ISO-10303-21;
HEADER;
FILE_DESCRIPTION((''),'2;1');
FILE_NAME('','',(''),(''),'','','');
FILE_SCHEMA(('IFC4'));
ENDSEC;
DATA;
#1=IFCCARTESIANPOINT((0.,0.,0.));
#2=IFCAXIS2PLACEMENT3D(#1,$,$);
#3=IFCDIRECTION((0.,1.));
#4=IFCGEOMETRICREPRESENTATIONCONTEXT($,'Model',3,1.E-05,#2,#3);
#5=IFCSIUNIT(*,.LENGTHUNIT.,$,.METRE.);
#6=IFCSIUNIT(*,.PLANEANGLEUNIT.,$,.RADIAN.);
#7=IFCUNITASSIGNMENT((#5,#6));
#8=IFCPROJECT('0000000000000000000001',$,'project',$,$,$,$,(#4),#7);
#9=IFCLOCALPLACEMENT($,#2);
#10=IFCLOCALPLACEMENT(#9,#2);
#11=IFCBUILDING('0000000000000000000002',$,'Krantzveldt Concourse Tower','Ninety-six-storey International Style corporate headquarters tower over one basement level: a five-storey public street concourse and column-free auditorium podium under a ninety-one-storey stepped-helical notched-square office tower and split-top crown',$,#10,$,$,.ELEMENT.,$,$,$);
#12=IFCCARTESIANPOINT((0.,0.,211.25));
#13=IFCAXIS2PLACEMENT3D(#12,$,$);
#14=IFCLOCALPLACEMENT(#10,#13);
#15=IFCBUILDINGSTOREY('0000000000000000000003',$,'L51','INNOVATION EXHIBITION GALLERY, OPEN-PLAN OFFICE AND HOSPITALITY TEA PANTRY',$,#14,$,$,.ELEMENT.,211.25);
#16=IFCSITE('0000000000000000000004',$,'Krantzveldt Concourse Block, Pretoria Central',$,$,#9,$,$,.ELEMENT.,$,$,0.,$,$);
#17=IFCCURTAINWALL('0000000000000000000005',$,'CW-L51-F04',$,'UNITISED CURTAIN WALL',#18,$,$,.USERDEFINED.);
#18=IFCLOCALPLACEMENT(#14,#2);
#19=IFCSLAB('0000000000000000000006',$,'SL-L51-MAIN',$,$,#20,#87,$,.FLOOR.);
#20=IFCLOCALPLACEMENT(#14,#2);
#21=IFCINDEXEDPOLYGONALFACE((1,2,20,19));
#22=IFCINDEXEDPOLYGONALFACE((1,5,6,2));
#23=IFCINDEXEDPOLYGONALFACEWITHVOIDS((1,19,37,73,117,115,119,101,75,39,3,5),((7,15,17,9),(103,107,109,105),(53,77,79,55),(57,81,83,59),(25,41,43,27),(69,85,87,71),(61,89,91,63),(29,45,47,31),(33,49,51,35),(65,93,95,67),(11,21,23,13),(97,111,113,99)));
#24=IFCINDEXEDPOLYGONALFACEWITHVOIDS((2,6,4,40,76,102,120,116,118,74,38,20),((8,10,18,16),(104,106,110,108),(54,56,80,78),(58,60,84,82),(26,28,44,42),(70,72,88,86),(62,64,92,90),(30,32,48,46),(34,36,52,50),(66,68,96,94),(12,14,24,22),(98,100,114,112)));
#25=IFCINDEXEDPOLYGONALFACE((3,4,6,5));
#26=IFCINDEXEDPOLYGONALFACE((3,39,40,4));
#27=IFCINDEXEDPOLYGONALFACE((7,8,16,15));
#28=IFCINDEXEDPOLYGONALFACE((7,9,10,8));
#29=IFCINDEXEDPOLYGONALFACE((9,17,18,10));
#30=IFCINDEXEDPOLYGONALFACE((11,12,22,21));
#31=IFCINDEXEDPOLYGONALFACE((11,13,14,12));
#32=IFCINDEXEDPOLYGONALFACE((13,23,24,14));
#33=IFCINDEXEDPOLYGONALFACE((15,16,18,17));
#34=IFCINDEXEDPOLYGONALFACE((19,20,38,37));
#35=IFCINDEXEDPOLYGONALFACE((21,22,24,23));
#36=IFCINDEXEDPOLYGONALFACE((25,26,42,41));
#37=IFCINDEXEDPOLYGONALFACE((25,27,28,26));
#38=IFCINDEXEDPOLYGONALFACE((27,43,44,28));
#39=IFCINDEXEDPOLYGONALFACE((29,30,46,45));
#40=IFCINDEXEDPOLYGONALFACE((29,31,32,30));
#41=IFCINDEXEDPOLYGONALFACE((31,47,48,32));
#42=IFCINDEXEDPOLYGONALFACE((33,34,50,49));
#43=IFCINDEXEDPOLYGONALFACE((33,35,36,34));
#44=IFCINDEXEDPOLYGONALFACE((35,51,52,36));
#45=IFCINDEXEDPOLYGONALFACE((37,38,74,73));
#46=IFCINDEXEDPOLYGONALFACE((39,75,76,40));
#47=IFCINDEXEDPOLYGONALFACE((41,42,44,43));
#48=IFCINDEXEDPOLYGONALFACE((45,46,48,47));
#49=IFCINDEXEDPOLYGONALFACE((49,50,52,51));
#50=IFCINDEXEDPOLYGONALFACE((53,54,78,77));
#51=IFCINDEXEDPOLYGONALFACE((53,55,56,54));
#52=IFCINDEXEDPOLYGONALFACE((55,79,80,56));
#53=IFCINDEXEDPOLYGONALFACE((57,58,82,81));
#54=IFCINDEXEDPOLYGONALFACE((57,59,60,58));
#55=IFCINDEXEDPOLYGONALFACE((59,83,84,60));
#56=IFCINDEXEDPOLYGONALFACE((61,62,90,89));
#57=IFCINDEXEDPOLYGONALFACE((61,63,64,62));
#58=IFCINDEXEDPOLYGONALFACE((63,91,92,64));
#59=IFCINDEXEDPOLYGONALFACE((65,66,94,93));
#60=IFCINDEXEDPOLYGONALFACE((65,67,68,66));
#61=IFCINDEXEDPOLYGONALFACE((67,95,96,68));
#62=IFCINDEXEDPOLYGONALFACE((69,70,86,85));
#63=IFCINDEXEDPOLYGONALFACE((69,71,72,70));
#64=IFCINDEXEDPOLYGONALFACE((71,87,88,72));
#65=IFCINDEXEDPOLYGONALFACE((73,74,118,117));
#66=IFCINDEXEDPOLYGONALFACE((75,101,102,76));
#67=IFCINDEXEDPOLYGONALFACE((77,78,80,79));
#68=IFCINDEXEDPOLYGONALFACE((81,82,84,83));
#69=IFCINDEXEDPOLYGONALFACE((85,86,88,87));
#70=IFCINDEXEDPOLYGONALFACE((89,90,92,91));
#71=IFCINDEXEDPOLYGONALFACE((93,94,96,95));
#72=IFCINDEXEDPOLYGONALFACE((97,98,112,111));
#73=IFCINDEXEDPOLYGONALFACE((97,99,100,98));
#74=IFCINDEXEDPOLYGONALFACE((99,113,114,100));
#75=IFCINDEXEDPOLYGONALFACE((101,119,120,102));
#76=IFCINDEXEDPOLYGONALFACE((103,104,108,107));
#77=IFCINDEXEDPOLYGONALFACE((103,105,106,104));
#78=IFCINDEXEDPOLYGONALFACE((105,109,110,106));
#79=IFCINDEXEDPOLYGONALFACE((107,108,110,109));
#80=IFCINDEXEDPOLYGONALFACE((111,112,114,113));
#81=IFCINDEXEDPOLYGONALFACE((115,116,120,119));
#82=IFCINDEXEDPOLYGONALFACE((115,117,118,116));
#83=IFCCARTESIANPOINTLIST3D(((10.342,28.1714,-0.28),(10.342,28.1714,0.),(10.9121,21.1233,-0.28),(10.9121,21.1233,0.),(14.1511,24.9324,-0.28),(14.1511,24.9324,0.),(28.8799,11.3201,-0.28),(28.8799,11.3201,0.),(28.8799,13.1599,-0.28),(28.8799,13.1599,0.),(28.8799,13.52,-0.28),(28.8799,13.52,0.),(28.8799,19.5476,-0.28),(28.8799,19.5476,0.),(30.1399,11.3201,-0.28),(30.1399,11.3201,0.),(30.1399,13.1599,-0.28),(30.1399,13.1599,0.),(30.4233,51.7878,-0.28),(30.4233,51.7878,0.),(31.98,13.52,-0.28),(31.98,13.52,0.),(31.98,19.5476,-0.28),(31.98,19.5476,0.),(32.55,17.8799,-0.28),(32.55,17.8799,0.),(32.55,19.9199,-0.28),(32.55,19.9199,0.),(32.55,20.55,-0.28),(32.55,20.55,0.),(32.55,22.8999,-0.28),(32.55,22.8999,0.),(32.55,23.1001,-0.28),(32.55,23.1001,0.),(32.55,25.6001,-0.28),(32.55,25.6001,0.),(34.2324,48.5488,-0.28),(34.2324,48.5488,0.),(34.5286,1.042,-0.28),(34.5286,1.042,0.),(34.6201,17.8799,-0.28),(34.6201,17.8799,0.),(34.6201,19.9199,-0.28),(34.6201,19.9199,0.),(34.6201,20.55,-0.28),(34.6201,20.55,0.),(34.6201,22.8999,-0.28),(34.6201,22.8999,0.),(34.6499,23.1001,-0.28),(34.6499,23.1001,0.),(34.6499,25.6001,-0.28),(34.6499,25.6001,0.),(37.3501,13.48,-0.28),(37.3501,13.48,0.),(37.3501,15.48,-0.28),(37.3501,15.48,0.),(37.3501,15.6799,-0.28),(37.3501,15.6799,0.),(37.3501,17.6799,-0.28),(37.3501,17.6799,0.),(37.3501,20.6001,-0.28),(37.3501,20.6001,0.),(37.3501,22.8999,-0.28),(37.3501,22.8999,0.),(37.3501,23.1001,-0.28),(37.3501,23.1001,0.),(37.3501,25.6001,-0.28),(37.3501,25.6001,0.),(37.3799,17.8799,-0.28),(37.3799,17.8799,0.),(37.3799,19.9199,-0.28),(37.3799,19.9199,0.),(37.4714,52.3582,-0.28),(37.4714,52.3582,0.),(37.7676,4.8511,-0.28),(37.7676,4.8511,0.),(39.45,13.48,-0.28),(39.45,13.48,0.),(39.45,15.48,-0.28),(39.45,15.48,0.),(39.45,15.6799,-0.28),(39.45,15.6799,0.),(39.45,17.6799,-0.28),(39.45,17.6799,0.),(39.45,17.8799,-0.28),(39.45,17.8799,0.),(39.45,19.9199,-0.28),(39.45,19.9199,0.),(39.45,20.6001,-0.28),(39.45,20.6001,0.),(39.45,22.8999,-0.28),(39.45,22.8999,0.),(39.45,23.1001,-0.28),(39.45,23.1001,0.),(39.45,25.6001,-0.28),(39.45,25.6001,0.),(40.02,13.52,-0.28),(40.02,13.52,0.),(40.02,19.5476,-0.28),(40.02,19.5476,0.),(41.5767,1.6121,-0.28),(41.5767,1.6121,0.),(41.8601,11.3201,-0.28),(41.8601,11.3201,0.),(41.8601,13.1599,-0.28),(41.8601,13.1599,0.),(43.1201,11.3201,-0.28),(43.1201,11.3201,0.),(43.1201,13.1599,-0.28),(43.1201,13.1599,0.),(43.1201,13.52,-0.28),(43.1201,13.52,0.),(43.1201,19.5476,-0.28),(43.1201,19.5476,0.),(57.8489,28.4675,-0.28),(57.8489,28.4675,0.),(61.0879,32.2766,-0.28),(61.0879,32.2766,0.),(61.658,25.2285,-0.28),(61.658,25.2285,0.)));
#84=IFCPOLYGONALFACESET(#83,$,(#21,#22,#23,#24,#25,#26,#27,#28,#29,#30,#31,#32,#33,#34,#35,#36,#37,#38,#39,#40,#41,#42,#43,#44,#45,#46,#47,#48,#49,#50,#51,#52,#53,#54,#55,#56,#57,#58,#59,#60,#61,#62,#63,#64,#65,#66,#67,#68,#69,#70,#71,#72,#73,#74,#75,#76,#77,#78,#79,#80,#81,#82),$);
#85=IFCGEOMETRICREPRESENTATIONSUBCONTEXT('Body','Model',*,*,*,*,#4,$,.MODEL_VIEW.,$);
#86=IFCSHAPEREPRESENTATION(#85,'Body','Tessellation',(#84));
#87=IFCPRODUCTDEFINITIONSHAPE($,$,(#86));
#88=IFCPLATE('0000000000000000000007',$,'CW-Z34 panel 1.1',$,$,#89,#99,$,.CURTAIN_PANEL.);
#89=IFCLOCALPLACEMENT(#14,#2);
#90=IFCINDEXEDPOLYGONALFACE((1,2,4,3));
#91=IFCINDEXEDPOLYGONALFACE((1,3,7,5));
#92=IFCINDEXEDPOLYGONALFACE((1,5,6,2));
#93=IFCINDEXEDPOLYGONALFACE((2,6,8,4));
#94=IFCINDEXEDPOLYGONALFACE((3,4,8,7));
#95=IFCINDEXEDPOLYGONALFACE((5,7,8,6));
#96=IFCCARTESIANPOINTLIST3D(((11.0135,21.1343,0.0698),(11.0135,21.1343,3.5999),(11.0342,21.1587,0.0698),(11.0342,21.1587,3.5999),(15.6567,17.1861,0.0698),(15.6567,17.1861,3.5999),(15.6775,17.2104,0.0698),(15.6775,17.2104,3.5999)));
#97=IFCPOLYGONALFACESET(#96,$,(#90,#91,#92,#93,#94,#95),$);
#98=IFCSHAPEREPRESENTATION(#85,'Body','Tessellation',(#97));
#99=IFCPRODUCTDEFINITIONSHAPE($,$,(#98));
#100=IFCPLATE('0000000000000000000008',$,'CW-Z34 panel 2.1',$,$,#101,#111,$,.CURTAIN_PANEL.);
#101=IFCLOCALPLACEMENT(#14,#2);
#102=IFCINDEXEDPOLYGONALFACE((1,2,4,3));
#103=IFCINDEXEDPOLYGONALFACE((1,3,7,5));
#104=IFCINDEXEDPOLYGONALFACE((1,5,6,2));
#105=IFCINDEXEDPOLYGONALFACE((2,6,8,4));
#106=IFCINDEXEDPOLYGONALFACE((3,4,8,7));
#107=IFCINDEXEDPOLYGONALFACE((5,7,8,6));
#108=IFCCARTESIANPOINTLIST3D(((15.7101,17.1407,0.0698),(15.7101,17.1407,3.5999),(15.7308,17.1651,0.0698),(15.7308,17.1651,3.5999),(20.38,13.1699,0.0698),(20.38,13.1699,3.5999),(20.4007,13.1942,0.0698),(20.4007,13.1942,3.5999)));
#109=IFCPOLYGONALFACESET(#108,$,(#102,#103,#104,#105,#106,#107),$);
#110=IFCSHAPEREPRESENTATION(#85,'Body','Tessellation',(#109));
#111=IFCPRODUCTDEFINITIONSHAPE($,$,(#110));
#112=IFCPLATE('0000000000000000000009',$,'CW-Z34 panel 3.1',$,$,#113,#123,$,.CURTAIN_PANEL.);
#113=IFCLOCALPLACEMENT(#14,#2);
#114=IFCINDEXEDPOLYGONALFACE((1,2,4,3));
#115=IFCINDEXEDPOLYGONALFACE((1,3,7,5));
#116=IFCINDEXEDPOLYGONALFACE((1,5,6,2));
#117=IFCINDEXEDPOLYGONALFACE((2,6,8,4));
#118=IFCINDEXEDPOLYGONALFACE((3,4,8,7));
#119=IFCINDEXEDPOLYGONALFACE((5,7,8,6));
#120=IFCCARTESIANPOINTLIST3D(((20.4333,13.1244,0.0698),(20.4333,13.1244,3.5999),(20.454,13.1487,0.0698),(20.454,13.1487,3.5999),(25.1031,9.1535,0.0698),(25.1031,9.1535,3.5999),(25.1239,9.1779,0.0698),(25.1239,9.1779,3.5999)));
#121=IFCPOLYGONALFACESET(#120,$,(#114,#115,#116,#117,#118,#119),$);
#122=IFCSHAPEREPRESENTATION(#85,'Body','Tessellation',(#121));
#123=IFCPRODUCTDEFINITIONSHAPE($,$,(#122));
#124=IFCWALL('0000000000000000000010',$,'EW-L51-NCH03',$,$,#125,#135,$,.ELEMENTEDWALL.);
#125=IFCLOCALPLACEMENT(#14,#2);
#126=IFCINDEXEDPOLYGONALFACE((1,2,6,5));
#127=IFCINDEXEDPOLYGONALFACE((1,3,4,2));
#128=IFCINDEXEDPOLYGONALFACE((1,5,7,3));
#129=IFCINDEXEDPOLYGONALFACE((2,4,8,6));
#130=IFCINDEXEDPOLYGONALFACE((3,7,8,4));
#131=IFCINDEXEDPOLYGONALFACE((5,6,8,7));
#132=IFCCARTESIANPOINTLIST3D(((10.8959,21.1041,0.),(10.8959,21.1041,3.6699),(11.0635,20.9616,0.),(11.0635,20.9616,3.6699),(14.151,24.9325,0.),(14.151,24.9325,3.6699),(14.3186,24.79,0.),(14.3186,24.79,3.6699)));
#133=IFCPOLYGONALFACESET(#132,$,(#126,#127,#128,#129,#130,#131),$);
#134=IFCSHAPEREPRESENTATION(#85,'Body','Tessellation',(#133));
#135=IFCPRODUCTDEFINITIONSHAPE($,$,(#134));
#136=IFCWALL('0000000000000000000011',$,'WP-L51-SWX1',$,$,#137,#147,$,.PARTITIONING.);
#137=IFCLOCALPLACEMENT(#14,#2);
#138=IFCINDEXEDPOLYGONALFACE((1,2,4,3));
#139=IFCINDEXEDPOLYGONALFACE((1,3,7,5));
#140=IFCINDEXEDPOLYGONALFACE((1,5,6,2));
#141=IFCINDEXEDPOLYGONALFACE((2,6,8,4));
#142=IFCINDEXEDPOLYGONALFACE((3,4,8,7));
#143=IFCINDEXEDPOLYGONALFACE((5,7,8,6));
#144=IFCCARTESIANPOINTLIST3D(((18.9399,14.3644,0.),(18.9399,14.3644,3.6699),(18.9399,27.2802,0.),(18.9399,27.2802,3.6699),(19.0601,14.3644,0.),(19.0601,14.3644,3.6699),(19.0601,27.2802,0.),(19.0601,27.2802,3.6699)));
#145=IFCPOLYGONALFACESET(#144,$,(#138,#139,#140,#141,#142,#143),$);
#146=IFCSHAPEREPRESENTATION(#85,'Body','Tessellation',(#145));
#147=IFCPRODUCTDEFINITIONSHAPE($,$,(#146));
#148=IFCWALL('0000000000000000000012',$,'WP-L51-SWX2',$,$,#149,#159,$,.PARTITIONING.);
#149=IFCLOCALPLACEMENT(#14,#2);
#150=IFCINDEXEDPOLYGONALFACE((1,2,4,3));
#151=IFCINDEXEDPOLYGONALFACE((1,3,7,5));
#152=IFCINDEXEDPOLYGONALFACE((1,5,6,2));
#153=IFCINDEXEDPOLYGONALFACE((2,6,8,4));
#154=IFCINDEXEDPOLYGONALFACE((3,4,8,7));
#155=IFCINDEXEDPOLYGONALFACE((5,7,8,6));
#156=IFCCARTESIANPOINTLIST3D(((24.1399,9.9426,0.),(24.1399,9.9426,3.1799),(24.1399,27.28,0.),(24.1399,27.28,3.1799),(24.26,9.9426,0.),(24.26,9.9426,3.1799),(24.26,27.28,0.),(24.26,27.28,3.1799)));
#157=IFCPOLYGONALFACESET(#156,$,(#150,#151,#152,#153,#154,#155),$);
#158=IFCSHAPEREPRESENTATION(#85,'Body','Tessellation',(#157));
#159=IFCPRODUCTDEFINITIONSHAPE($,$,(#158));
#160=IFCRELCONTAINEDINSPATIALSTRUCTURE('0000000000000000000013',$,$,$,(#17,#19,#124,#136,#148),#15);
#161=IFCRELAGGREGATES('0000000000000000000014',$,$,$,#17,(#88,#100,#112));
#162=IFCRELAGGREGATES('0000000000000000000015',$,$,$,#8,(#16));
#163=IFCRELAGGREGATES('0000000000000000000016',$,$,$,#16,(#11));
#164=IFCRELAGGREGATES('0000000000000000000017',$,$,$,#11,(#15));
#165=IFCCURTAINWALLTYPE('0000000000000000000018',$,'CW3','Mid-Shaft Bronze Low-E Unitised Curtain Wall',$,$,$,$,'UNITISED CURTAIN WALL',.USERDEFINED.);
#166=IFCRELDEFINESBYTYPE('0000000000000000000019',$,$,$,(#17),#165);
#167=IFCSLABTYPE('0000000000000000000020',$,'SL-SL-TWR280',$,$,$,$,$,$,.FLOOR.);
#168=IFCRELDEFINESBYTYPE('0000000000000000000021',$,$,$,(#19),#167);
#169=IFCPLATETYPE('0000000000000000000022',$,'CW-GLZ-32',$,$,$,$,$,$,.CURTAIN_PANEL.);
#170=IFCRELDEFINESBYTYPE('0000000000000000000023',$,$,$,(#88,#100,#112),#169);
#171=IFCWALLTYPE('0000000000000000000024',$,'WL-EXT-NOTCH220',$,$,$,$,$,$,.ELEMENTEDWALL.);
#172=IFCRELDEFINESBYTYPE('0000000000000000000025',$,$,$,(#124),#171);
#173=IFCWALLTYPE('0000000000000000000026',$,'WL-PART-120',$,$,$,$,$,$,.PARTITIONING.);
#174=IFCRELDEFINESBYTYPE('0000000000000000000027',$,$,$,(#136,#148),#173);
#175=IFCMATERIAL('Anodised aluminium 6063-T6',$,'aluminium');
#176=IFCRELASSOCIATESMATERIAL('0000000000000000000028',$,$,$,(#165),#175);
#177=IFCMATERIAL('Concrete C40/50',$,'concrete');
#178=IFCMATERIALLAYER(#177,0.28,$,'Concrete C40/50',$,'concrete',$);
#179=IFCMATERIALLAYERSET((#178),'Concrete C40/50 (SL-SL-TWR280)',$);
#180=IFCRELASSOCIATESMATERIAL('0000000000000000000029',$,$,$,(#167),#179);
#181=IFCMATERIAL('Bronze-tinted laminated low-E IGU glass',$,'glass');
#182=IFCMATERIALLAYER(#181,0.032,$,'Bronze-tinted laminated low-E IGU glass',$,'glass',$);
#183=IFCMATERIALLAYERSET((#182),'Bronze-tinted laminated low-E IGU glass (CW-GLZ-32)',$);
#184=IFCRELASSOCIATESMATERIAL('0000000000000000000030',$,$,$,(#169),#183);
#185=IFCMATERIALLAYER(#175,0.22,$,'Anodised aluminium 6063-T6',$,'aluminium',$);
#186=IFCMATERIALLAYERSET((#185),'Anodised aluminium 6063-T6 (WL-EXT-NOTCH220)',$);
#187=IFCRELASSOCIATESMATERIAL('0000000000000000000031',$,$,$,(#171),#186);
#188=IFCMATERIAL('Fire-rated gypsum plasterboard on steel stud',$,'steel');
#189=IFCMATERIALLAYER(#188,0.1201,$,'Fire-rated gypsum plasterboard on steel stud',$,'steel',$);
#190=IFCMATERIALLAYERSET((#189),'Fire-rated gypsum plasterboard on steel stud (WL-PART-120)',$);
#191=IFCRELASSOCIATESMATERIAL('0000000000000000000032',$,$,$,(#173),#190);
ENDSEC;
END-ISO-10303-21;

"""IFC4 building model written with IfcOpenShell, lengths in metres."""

from ifc_helpers import new_model, si_unit, direction, frame, frame_2d, origin, origin_2d, place, context, subcontext, project, spatial, polyline, rectangle, outline, extrude, source, transform, mapped, material, layer, layer_set, type_object, type_shapes, element, aggregate, save


model = new_model("IFC4")

# Units and contexts
model_context = context("Model", 3, precision=1e-05, world=origin(), true_north=direction((0.0, 1.0)))
body_context = subcontext(model_context, "Body", "Model", "MODEL_VIEW")
ifc_project = project(units=[si_unit("LENGTHUNIT", "METRE"), si_unit("PLANEANGLEUNIT", "RADIAN")], contexts=[model_context])

# Site, building, storey
site_placement = place(None, origin())
site = spatial("IfcSite", under=ifc_project, at=site_placement, Name="Krantzveldt Concourse Block, Pretoria Central", CompositionType="ELEMENT", RefElevation=0.0)
building_placement = place(site_placement, origin())
building = spatial("IfcBuilding", under=site, at=building_placement, Name="Krantzveldt Concourse Tower", Description="Ninety-six-storey International Style corporate headquarters tower over one basement level: a five-storey public street concourse and column-free auditorium podium under a ninety-one-storey stepped-helical notched-square office tower and split-top crown", CompositionType="ELEMENT")
storey_placement = place(building_placement, frame((0.0, 0.0, 211.25)))
storey = spatial("IfcBuildingStorey", under=building, at=storey_placement, Name="L51", Description="INNOVATION EXHIBITION GALLERY, OPEN-PLAN OFFICE AND HOSPITALITY TEA PANTRY", CompositionType="ELEMENT", Elevation=211.25)

# Curtain wall
ifc_material_1 = material(Name="Anodised aluminium 6063-T6", Category="aluminium")
curtain_wall_type = type_object("IfcCurtainWallType", Name="CW3", Description="Mid-Shaft Bronze Low-E Unitised Curtain Wall", ElementType="UNITISED CURTAIN WALL", PredefinedType="USERDEFINED", material=ifc_material_1)
curtain_wall_placement = place(storey_placement, origin())
curtain_wall = element("IfcCurtainWall", 1, at=curtain_wall_placement, inside=storey, type_object=curtain_wall_type, Name="CW-L51-F04", ObjectType="UNITISED CURTAIN WALL", PredefinedType="USERDEFINED")

# Slab
ifc_material_2 = material(Name="Concrete C40/50", Category="concrete")
ifc_layer_1 = layer(ifc_material_2, 0.28, Name="Concrete C40/50", Category="concrete")
ifc_layer_set_1 = layer_set([ifc_layer_1], Name="Concrete C40/50 (SL-SL-TWR280)")
slab_type_1 = type_object("IfcSlabType", Name="SL-SL-TWR280", PredefinedType="FLOOR", material=ifc_layer_set_1)
slab_1_placement = place(storey_placement, frame((0.0, 0.0, -0.28)))
element("IfcSlab", 2, at=slab_1_placement, inside=storey, type_object=slab_type_1, Name="SL-L51-MAIN", PredefinedType="FLOOR", context=body_context, shape_type="SweptSolid", body=[
    extrude(outline(polyline([(34.2324, 48.5488), (30.4233, 51.7878), (10.342, 28.1714), (14.1511, 24.9324), (10.9121, 21.1233), (34.5286, 1.042), (37.7676, 4.8511), (41.5767, 1.6121), (61.658, 25.2285), (57.8489, 28.4675), (61.0879, 32.2766), (37.4714, 52.3582), (34.2324, 48.5488)]), holes=[polyline([(28.8799, 19.5476), (28.8799, 13.52), (31.98, 13.52), (31.98, 19.5476), (28.8799, 19.5476)]), polyline([(40.02, 19.5476), (40.02, 13.52), (43.1201, 13.52), (43.1201, 19.5476), (40.02, 19.5476)]), polyline([(32.55, 23.1001), (34.6499, 23.1001), (34.6499, 25.6001), (32.55, 25.6001), (32.55, 23.1001)]), polyline([(37.3501, 23.1001), (39.45, 23.1001), (39.45, 25.6001), (37.3501, 25.6001), (37.3501, 23.1001)]), polyline([(37.3501, 20.6001), (39.45, 20.6001), (39.45, 22.8999), (37.3501, 22.8999), (37.3501, 20.6001)]), polyline([(37.3501, 13.48), (39.45, 13.48), (39.45, 15.48), (37.3501, 15.48), (37.3501, 13.48)]), polyline([(37.3501, 15.6799), (39.45, 15.6799), (39.45, 17.6799), (37.3501, 17.6799), (37.3501, 15.6799)]), polyline([(32.55, 20.55), (34.6201, 20.55), (34.6201, 22.8999), (32.55, 22.8999), (32.55, 20.55)]), polyline([(32.55, 17.8799), (34.6201, 17.8799), (34.6201, 19.9199), (32.55, 19.9199), (32.55, 17.8799)]), polyline([(37.3799, 17.8799), (39.45, 17.8799), (39.45, 19.9199), (37.3799, 19.9199), (37.3799, 17.8799)]), polyline([(28.8799, 11.3201), (30.1399, 11.3201), (30.1399, 13.1599), (28.8799, 13.1599), (28.8799, 11.3201)]), polyline([(41.8601, 11.3201), (43.1201, 11.3201), (43.1201, 13.1599), (41.8601, 13.1599), (41.8601, 11.3201)])]), origin(), (0.0, 0.0, 1.0), 0.28),
])

# Plates
ifc_material_3 = material(Name="Bronze-tinted laminated low-E IGU glass", Category="glass")
ifc_layer_2 = layer(ifc_material_3, 0.032, Name="Bronze-tinted laminated low-E IGU glass", Category="glass")
ifc_layer_set_2 = layer_set([ifc_layer_2], Name="Bronze-tinted laminated low-E IGU glass (CW-GLZ-32)")
plate_type = type_object("IfcPlateType", Name="CW-GLZ-32", PredefinedType="CURTAIN_PANEL", material=ifc_layer_set_2)
shared_shape_1 = source(origin(), body_context, "Body", "SweptSolid", [
    extrude(rectangle(XDim=6.095, YDim=0.032, at=origin_2d()), origin(), (0.0, 0.0, 1.0), 3.53),
])
plate_1_placement = place(storey_placement, frame((13.3455, 19.1724, 0.0698), z_axis=(0.0, 0.0, 1.0), x_axis=(0.761821, -0.647788, 0.0)))
plate_1 = element("IfcPlate", 3, at=plate_1_placement, type_object=plate_type, Name="CW-Z34 panel 1.1", PredefinedType="CURTAIN_PANEL", context=body_context, shape_type="MappedRepresentation", body=[
    mapped(shared_shape_1, transform((0.0, 0.0, 0.0), x_axis=(1.0, 0.0, 0.0), y_axis=(0.0, 1.0, 0.0), z_axis=(0.0, 0.0, 1.0), scale=1.0)),
])
shared_shape_2 = source(origin(), body_context, "Body", "SweptSolid", [
    extrude(rectangle(XDim=6.1299, YDim=0.032, at=origin_2d()), origin(), (0.0, 0.0, 1.0), 3.53),
])
type_shapes(plate_type, [shared_shape_1, shared_shape_2])
plate_2_placement = place(storey_placement, frame((18.0554, 15.1675, 0.0698), z_axis=(0.0, 0.0, 1.0), x_axis=(0.761821, -0.647788, 0.0)))
plate_2 = element("IfcPlate", 4, at=plate_2_placement, type_object=plate_type, Name="CW-Z34 panel 2.1", PredefinedType="CURTAIN_PANEL", context=body_context, shape_type="MappedRepresentation", body=[
    mapped(shared_shape_2, transform((0.0, 0.0, 0.0), x_axis=(1.0, 0.0, 0.0), y_axis=(0.0, 1.0, 0.0), z_axis=(0.0, 0.0, 1.0), scale=1.0)),
])
plate_3_placement = place(storey_placement, frame((22.7786, 11.1511, 0.0698), z_axis=(0.0, 0.0, 1.0), x_axis=(0.761821, -0.647788, 0.0)))
plate_3 = element("IfcPlate", 5, at=plate_3_placement, type_object=plate_type, Name="CW-Z34 panel 3.1", PredefinedType="CURTAIN_PANEL", context=body_context, shape_type="MappedRepresentation", body=[
    mapped(shared_shape_2, transform((0.0, 0.0, 0.0), x_axis=(1.0, 0.0, 0.0), y_axis=(0.0, 1.0, 0.0), z_axis=(0.0, 0.0, 1.0), scale=1.0)),
])
aggregate(curtain_wall, [plate_1, plate_2, plate_3])

# Walls
ifc_layer_3 = layer(ifc_material_1, 0.22, Name="Anodised aluminium 6063-T6", Category="aluminium")
ifc_layer_set_3 = layer_set([ifc_layer_3], Name="Anodised aluminium 6063-T6 (WL-EXT-NOTCH220)")
wall_type_1 = type_object("IfcWallType", Name="WL-EXT-NOTCH220", PredefinedType="ELEMENTEDWALL", material=ifc_layer_set_3)
wall_1_placement = place(storey_placement, frame((14.2349, 24.8613, 0.0), z_axis=(0.0, 0.0, 1.0), x_axis=(-0.647765, -0.76184, 0.0)))
element("IfcWall", 6, at=wall_1_placement, inside=storey, type_object=wall_type_1, Name="EW-L51-NCH03", PredefinedType="ELEMENTEDWALL", context=body_context, shape_type="SweptSolid", body=[
    extrude(rectangle(XDim=5.0251, YDim=0.22, at=frame_2d((2.5127, 0.0))), origin(), (0.0, 0.0, 1.0), 3.6699),
])
ifc_material_4 = material(Name="Fire-rated gypsum plasterboard on steel stud", Category="steel")
ifc_layer_4 = layer(ifc_material_4, 0.1201, Name="Fire-rated gypsum plasterboard on steel stud", Category="steel")
ifc_layer_set_4 = layer_set([ifc_layer_4], Name="Fire-rated gypsum plasterboard on steel stud (WL-PART-120)")
wall_type_2 = type_object("IfcWallType", Name="WL-PART-120", PredefinedType="PARTITIONING", material=ifc_layer_set_4)
wall_2_placement = place(storey_placement, frame((19.0, 14.3643, 0.0), z_axis=(0.0, 0.0, 1.0), x_axis=(0.0, 1.0, 0.0)))
element("IfcWall", 7, at=wall_2_placement, inside=storey, type_object=wall_type_2, Name="WP-L51-SWX1", PredefinedType="PARTITIONING", context=body_context, shape_type="SweptSolid", body=[
    extrude(rectangle(XDim=12.9158, YDim=0.1201, at=frame_2d((6.458, 0.0))), origin(), (0.0, 0.0, 1.0), 3.6699),
])
wall_3_placement = place(storey_placement, frame((24.2, 9.9426, 0.0), z_axis=(0.0, 0.0, 1.0), x_axis=(0.0, 1.0, 0.0)))
element("IfcWall", 8, at=wall_3_placement, inside=storey, type_object=wall_type_2, Name="WP-L51-SWX2", PredefinedType="PARTITIONING", context=body_context, shape_type="SweptSolid", body=[
    extrude(rectangle(XDim=17.3374, YDim=0.1201, at=frame_2d((8.6687, 0.0))), origin(), (0.0, 0.0, 1.0), 3.1799),
])

save(model, "model.ifc")
